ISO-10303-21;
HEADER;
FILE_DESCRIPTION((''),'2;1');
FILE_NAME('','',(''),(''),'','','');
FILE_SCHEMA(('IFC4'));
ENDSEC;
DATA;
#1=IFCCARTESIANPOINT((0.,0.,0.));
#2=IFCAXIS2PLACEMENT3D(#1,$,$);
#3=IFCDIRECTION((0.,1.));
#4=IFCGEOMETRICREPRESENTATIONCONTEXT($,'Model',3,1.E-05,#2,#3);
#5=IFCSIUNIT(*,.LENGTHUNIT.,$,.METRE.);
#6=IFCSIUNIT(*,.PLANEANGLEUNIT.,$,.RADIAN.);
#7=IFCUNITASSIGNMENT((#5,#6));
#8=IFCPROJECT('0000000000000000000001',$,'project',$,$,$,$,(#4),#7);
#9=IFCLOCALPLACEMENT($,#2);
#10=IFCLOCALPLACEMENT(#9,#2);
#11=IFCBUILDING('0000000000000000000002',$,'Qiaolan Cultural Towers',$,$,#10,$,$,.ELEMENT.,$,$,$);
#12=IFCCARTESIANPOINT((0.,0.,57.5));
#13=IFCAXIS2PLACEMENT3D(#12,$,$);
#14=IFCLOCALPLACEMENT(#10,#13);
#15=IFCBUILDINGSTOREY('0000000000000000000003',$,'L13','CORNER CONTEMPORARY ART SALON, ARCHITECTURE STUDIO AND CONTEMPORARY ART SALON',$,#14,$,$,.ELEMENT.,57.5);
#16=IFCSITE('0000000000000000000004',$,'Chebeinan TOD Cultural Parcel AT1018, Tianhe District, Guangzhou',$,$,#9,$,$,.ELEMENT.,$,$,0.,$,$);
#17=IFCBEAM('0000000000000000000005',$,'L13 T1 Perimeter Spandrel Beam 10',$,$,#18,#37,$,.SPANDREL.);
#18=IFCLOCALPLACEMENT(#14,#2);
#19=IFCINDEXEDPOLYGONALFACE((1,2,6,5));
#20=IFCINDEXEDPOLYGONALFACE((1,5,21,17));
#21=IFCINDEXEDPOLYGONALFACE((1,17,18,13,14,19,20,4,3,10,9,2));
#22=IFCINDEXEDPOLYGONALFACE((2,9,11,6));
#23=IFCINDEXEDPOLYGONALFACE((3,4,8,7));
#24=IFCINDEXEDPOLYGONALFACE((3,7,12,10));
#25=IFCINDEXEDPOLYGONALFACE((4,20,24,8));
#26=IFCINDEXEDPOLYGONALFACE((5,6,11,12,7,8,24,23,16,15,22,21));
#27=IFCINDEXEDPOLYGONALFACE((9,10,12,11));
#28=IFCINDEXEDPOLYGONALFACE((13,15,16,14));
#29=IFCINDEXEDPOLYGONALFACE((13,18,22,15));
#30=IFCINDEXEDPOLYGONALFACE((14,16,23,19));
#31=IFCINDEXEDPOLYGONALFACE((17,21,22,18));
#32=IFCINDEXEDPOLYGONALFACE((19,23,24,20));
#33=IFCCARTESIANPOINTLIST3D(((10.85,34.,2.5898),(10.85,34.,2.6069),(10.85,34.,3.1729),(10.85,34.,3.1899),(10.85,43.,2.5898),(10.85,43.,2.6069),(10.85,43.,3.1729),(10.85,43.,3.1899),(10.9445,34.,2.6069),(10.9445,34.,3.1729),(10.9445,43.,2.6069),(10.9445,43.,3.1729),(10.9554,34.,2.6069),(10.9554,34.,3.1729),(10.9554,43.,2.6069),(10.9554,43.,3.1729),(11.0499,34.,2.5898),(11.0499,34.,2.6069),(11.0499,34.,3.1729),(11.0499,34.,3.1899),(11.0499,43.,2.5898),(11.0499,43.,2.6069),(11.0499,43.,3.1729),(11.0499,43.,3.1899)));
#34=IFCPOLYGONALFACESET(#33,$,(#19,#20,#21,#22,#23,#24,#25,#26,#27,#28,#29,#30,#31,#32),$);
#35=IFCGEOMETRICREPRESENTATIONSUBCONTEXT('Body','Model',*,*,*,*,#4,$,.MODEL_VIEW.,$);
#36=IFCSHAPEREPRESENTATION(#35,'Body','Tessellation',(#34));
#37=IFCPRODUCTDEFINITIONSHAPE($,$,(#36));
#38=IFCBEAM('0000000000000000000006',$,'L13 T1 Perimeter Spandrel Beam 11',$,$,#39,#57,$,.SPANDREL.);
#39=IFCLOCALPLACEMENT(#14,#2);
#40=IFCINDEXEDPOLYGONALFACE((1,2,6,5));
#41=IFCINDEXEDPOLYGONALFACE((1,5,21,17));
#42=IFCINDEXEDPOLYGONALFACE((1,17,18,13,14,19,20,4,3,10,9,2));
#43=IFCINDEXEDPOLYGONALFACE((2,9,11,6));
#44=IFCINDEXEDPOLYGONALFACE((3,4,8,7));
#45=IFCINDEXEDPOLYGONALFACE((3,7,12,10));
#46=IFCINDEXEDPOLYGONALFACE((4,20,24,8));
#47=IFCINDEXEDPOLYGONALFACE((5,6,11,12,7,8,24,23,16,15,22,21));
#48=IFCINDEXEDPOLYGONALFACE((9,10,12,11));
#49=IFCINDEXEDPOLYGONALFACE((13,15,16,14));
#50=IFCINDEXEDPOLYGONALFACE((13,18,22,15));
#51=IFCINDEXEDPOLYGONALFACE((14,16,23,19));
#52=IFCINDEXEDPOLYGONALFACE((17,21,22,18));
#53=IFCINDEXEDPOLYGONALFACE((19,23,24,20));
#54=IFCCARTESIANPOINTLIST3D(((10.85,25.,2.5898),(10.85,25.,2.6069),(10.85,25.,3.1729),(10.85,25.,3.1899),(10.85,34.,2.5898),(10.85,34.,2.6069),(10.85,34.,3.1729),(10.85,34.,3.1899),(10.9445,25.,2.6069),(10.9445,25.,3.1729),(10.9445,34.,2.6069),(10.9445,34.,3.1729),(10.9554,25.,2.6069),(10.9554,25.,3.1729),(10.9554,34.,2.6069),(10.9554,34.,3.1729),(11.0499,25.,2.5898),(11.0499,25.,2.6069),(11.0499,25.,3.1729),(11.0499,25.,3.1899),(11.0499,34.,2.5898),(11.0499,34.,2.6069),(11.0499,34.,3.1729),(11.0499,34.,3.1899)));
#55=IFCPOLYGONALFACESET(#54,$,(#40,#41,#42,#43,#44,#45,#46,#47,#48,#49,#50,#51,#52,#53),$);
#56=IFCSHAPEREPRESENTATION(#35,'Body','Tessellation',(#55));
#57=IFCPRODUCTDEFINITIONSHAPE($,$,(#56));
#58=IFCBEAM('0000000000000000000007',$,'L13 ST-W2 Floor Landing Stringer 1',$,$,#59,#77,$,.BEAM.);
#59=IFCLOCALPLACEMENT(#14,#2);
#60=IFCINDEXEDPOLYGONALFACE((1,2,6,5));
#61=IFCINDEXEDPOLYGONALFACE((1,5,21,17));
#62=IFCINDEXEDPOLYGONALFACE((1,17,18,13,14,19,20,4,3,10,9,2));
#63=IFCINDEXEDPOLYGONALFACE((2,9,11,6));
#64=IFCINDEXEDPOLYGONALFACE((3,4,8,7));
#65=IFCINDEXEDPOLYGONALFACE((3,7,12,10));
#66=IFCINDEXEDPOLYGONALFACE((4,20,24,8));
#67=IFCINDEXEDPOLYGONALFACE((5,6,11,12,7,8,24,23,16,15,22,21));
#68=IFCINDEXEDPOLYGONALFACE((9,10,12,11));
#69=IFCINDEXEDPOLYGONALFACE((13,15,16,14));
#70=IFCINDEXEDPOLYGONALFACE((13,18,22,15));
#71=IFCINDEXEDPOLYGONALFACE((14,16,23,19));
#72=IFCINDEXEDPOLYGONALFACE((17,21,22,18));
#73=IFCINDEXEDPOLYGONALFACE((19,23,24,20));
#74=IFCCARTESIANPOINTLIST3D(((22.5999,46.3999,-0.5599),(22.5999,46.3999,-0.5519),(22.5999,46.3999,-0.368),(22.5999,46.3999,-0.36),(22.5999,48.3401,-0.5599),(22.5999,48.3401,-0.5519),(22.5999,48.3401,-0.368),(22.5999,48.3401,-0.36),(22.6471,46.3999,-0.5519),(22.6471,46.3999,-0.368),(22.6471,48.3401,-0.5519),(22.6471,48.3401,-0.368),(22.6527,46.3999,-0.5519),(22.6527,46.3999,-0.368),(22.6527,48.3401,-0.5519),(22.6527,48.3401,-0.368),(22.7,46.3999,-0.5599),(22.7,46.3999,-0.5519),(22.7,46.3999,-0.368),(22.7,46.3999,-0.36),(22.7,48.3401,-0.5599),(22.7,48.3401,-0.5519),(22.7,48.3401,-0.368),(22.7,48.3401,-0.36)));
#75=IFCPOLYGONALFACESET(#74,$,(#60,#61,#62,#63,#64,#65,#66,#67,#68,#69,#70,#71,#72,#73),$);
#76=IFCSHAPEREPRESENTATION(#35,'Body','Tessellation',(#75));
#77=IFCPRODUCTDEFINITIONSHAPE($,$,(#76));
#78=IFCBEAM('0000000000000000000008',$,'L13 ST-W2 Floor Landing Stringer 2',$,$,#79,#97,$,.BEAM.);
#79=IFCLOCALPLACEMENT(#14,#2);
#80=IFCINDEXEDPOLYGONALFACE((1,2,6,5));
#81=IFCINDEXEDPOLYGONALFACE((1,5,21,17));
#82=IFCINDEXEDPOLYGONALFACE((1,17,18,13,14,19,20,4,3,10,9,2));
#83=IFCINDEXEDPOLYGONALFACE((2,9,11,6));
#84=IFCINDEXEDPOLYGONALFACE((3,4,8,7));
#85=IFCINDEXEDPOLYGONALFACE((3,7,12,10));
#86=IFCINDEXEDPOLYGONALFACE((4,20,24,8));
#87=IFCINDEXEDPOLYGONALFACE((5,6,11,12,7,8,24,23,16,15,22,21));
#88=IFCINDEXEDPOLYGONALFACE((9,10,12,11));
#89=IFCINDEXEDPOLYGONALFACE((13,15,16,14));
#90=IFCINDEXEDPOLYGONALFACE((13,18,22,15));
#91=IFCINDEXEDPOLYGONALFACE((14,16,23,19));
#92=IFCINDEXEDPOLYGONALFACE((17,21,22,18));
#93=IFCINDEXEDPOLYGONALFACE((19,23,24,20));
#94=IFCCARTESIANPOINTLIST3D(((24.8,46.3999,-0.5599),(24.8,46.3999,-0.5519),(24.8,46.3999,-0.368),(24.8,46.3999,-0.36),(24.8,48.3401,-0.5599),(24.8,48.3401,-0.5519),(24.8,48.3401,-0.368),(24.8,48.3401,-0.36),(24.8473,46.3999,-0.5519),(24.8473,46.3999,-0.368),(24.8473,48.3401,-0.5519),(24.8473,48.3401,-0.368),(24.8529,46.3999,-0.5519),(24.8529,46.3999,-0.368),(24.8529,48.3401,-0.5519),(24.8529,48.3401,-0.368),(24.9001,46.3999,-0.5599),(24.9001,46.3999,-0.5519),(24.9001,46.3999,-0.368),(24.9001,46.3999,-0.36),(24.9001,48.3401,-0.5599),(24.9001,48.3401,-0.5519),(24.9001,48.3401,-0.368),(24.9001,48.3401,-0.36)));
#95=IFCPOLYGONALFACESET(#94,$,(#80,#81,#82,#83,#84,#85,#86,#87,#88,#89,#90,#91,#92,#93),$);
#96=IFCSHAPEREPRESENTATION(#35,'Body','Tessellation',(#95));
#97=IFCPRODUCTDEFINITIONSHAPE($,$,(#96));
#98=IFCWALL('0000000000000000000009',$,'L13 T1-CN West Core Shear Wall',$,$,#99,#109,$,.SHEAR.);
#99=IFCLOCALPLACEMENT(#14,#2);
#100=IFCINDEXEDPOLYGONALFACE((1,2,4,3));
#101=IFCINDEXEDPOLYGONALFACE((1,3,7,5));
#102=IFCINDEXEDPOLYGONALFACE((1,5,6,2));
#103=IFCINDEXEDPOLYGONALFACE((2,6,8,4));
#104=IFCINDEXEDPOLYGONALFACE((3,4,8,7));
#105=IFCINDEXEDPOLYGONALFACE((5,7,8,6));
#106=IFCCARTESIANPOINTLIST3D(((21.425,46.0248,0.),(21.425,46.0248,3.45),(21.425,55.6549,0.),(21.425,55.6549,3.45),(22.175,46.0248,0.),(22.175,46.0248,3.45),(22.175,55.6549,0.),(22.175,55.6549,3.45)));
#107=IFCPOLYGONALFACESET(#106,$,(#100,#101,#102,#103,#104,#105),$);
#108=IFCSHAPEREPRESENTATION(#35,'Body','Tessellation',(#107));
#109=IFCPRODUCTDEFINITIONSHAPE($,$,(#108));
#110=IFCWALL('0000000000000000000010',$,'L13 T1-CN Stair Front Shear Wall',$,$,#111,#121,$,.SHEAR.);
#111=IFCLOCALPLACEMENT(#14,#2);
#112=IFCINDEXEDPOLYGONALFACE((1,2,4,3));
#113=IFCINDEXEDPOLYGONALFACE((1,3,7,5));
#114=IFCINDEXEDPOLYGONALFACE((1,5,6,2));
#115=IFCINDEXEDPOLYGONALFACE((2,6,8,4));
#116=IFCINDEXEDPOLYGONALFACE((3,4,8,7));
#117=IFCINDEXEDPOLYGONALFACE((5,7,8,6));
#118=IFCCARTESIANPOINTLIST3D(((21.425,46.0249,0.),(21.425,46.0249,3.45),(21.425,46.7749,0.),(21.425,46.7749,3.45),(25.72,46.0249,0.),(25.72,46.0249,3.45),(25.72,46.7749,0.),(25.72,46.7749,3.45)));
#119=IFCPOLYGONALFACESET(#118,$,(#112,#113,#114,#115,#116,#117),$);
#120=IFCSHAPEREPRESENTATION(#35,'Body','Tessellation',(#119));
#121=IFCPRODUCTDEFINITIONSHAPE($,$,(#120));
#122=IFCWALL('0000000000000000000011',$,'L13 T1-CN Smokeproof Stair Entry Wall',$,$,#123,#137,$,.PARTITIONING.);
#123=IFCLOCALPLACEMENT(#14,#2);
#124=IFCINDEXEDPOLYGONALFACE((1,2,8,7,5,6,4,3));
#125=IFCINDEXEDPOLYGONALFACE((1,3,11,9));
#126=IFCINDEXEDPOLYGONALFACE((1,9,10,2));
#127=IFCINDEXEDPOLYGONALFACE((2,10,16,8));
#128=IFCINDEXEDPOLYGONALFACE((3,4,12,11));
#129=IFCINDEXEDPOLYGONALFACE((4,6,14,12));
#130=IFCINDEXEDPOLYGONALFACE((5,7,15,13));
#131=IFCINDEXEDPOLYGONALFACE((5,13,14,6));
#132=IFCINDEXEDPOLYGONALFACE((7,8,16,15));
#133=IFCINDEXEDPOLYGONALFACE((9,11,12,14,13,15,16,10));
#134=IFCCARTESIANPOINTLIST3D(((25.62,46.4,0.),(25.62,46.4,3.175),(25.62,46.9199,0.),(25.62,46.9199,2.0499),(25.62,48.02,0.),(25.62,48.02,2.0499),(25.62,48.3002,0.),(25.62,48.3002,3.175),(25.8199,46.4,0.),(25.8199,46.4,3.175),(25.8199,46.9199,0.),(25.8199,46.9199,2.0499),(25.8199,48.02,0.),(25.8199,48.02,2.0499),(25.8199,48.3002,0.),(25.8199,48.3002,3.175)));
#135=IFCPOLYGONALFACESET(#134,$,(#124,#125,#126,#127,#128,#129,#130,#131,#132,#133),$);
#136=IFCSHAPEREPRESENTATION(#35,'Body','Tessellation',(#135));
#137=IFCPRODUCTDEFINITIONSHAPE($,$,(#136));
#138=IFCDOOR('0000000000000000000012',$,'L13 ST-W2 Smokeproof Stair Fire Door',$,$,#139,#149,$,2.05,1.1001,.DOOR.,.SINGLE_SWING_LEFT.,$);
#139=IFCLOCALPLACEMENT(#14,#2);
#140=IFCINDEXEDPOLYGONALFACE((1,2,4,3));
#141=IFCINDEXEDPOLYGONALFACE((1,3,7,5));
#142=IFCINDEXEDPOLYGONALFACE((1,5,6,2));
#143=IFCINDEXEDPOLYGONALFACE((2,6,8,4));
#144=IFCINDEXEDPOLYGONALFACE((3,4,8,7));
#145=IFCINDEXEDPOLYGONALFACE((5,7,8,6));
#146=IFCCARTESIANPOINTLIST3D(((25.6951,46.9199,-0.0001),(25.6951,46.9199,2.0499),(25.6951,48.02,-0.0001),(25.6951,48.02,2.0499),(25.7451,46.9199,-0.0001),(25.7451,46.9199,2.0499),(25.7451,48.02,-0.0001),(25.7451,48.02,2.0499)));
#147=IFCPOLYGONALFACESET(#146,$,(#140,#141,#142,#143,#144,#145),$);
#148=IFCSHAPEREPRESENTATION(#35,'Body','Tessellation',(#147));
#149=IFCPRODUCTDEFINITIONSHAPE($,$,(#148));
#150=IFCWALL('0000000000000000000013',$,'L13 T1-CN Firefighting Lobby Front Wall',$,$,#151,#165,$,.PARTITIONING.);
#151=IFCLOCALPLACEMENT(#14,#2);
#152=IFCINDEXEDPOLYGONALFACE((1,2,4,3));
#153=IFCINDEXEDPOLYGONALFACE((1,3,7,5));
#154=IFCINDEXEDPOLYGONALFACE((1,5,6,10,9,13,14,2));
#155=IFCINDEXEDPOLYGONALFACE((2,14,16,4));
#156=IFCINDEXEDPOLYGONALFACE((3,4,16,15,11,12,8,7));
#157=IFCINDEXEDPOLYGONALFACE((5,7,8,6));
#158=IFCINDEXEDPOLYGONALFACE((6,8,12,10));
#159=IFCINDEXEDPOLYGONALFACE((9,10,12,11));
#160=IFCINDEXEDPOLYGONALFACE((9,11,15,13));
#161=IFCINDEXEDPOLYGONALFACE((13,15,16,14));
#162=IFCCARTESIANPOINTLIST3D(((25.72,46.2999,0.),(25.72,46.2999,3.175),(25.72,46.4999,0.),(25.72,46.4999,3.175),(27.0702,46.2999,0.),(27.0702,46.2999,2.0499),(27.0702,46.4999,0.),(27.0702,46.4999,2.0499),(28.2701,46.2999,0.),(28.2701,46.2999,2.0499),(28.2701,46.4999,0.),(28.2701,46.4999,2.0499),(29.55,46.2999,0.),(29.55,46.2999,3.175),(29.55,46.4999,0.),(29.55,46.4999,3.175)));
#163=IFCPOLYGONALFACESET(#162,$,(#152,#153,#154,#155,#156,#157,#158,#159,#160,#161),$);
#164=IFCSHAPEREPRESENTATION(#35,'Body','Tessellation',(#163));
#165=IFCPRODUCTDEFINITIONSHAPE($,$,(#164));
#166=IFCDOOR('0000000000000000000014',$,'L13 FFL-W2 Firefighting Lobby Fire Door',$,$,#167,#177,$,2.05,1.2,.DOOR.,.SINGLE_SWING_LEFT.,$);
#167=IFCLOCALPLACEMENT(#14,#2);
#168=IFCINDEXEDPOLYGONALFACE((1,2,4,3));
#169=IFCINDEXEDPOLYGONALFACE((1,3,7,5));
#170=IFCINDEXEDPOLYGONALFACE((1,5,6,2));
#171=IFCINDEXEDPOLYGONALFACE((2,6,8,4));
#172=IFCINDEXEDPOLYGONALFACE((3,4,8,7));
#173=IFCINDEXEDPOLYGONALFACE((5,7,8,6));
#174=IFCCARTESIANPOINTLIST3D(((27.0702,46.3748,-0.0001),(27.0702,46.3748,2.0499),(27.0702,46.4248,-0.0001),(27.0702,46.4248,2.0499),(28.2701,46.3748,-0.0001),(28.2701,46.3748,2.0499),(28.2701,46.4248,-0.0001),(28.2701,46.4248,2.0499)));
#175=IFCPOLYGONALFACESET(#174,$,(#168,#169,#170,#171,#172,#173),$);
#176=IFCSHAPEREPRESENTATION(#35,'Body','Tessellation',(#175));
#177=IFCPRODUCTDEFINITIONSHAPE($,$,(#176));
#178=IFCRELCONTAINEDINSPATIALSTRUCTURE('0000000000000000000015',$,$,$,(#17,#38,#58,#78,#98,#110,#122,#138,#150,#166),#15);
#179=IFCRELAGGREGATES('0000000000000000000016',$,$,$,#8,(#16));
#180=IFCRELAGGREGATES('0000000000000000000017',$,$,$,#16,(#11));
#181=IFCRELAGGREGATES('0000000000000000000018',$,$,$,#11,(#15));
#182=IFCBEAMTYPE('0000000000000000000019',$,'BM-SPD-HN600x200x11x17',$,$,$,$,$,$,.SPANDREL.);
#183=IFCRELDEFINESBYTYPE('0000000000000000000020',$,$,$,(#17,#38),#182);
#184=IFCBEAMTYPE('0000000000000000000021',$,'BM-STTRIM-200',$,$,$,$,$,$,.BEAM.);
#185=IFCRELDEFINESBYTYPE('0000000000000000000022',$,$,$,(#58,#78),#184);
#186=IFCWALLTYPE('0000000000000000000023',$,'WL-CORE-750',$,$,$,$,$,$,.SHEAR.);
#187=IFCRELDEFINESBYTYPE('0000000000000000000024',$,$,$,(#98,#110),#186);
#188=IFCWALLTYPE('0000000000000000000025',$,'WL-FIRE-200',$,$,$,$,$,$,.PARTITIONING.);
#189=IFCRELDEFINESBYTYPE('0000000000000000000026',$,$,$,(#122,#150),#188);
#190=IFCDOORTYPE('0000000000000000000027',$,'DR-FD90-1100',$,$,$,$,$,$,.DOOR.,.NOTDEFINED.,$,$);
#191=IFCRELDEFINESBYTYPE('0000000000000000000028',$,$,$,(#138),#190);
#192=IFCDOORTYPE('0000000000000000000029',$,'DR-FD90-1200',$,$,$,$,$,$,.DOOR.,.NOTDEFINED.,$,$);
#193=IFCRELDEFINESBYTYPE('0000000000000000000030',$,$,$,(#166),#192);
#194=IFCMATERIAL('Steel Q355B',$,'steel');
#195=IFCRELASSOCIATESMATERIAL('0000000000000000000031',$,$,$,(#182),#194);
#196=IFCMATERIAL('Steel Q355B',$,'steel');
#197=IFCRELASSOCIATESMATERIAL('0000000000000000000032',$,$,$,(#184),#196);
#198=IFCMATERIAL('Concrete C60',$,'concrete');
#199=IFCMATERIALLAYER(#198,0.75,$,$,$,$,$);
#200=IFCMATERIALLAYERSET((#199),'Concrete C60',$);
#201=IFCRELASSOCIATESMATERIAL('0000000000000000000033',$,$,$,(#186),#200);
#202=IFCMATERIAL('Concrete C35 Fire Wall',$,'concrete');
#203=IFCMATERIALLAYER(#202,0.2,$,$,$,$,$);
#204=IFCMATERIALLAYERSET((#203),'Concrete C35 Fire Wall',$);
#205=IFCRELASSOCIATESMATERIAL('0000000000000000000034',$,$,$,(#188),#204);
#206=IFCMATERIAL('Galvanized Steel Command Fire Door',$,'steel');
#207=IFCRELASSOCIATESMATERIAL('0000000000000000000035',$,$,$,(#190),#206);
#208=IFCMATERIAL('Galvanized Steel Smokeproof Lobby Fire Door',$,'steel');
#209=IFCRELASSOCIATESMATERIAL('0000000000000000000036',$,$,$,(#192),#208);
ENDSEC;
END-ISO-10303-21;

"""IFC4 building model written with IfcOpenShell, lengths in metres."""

from ifc_helpers import new_model, si_unit, direction, frame, frame_2d, origin, origin_2d, place, context, subcontext, project, spatial, rectangle, i_section, extrude, material, layer, layer_set, material_profile, profile_set, type_object, element, fill, save


model = new_model("IFC4")

# Units and contexts
model_context = context("Model", 3, precision=1e-05, world=origin(), true_north=direction((0.0, 1.0)))
body_context = subcontext(model_context, "Body", "Model", "MODEL_VIEW")
ifc_project = project(units=[si_unit("LENGTHUNIT", "METRE"), si_unit("PLANEANGLEUNIT", "RADIAN")], contexts=[model_context])

# Site, building, storey
site_placement = place(None, origin())
site = spatial("IfcSite", under=ifc_project, at=site_placement, Name="Chebeinan TOD Cultural Parcel AT1018, Tianhe District, Guangzhou", CompositionType="ELEMENT", RefElevation=0.0)
building_placement = place(site_placement, origin())
building = spatial("IfcBuilding", under=site, at=building_placement, Name="Qiaolan Cultural Towers", CompositionType="ELEMENT")
storey_placement = place(building_placement, frame((0.0, 0.0, 57.5)))
storey = spatial("IfcBuildingStorey", under=building, at=storey_placement, Name="L13", Description="CORNER CONTEMPORARY ART SALON, ARCHITECTURE STUDIO AND CONTEMPORARY ART SALON", CompositionType="ELEMENT", Elevation=57.5)

# Beams
ifc_material_1 = material(Name="Steel Q355B", Category="steel")
ifc_material_profile_1 = material_profile(ifc_material_1, i_section(OverallWidth=0.2, OverallDepth=0.6001, WebThickness=0.011, FlangeThickness=0.0171, at=origin_2d()), Name="HN600x200x11x17")
ifc_profile_set_1 = profile_set([ifc_material_profile_1], Name="Steel Q355B")
beam_type_1 = type_object("IfcBeamType", Name="BM-SPD-HN600x200x11x17", PredefinedType="SPANDREL", material=ifc_profile_set_1)
for number, where, z_axis, x_axis, name in (
    (1, (10.95, 43.0, 2.8899), (0.0, -1.0, 0.0), (1.0, 0.0, 0.0), "L13 T1 Perimeter Spandrel Beam 10"),
    (2, (10.95, 34.0, 2.8899), (0.0, -1.0, 0.0), (1.0, 0.0, 0.0), "L13 T1 Perimeter Spandrel Beam 11"),
):
    element("IfcBeam", number, at=place(storey_placement, frame(where, z_axis=z_axis, x_axis=x_axis)), inside=storey, type_object=beam_type_1, Name=name, PredefinedType="SPANDREL", context=body_context, shape_type="SweptSolid", body=[
        extrude(i_section(OverallWidth=0.2, OverallDepth=0.6001, WebThickness=0.011, FlangeThickness=0.0171, at=origin_2d()), origin(), (0.0, 0.0, 1.0), 9.0),
    ])
ifc_material_2 = material(Name="Steel Q355B", Category="steel")
ifc_material_profile_2 = material_profile(ifc_material_2, i_section(OverallWidth=0.1001, OverallDepth=0.2, WebThickness=0.0056, FlangeThickness=0.0081, at=origin_2d()), Name="HN200x100x5.5x8")
ifc_profile_set_2 = profile_set([ifc_material_profile_2], Name="Steel Q355B")
beam_type_2 = type_object("IfcBeamType", Name="BM-STTRIM-200", PredefinedType="BEAM", material=ifc_profile_set_2)
for number, where, z_axis, x_axis, name in (
    (3, (22.6499, 46.3999, -0.46), (0.0, 1.0, 0.0), (-1.0, 0.0, 0.0), "L13 ST-W2 Floor Landing Stringer 1"),
    (4, (24.8501, 46.3999, -0.46), (0.0, 1.0, 0.0), (-1.0, 0.0, 0.0), "L13 ST-W2 Floor Landing Stringer 2"),
):
    element("IfcBeam", number, at=place(storey_placement, frame(where, z_axis=z_axis, x_axis=x_axis)), inside=storey, type_object=beam_type_2, Name=name, PredefinedType="BEAM", context=body_context, shape_type="SweptSolid", body=[
        extrude(i_section(OverallWidth=0.1001, OverallDepth=0.2, WebThickness=0.0056, FlangeThickness=0.0081, at=origin_2d()), origin(), (0.0, 0.0, 1.0), 1.9402),
    ])

# Walls
ifc_material_3 = material(Name="Concrete C60", Category="concrete")
ifc_layer_1 = layer(ifc_material_3, 0.75)
ifc_layer_set_1 = layer_set([ifc_layer_1], Name="Concrete C60")
wall_type_1 = type_object("IfcWallType", Name="WL-CORE-750", PredefinedType="SHEAR", material=ifc_layer_set_1)
wall_1_placement = place(storey_placement, frame((21.8, 46.0249, 0.0), z_axis=(0.0, 0.0, 1.0), x_axis=(0.0, 1.0, 0.0)))
element("IfcWall", 5, at=wall_1_placement, inside=storey, type_object=wall_type_1, Name="L13 T1-CN West Core Shear Wall", PredefinedType="SHEAR", context=body_context, shape_type="SweptSolid", body=[
    extrude(rectangle(XDim=9.6301, YDim=0.75, at=frame_2d((4.8149, 0.0))), origin(), (0.0, 0.0, 1.0), 3.45),
])
wall_2_placement = place(storey_placement, frame((21.425, 46.3999, 0.0), z_axis=(0.0, 0.0, 1.0), x_axis=(1.0, 0.0, 0.0)))
element("IfcWall", 6, at=wall_2_placement, inside=storey, type_object=wall_type_1, Name="L13 T1-CN Stair Front Shear Wall", PredefinedType="SHEAR", context=body_context, shape_type="SweptSolid", body=[
    extrude(rectangle(XDim=4.2949, YDim=0.75, at=frame_2d((2.1475, 0.0))), origin(), (0.0, 0.0, 1.0), 3.45),
])

# Walls, openings, doors
ifc_material_4 = material(Name="Concrete C35 Fire Wall", Category="concrete")
ifc_layer_2 = layer(ifc_material_4, 0.2)
ifc_layer_set_2 = layer_set([ifc_layer_2], Name="Concrete C35 Fire Wall")
wall_type_2 = type_object("IfcWallType", Name="WL-FIRE-200", PredefinedType="PARTITIONING", material=ifc_layer_set_2)
wall_3_placement = place(storey_placement, frame((25.72, 46.3999, 0.0), z_axis=(0.0, 0.0, 1.0), x_axis=(0.0, 1.0, 0.0)))
wall_3 = element("IfcWall", 7, at=wall_3_placement, inside=storey, type_object=wall_type_2, Name="L13 T1-CN Smokeproof Stair Entry Wall", PredefinedType="PARTITIONING", context=body_context, shape_type="SweptSolid", body=[
    extrude(rectangle(XDim=1.9001, YDim=0.2, at=frame_2d((0.9502, 0.0))), origin(), (0.0, 0.0, 1.0), 3.175),
])
opening_1_placement = place(wall_3_placement, frame((0.52, 0.0, 0.0)))
opening_1 = element("IfcOpeningElement", 8, at=opening_1_placement, cuts=wall_3, PredefinedType="OPENING", context=body_context, shape_type="SweptSolid", body=[
    extrude(rectangle(XDim=1.1001, YDim=2.05, at=frame_2d((0.55, 1.0249))), frame((0.0, 0.1099, 0.0), z_axis=(0.0, -1.0, 0.0), x_axis=(1.0, 0.0, 0.0)), (0.0, 0.0, 1.0), 0.22),
])
ifc_material_5 = material(Name="Galvanized Steel Command Fire Door", Category="steel")
door_type_1 = type_object("IfcDoorType", Name="DR-FD90-1100", OperationType="NOTDEFINED", PredefinedType="DOOR", material=ifc_material_5)
door_1_placement = place(opening_1_placement, origin())
door_1 = element("IfcDoor", 9, at=door_1_placement, inside=storey, type_object=door_type_1, Name="L13 ST-W2 Smokeproof Stair Fire Door", OperationType="SINGLE_SWING_LEFT", OverallHeight=2.05, OverallWidth=1.1001, PredefinedType="DOOR", context=body_context, shape_type="SweptSolid", body=[
    extrude(rectangle(XDim=1.1001, YDim=2.05, at=frame_2d((0.55, 1.0249))), frame((0.0, 0.0249, 0.0), z_axis=(0.0, -1.0, 0.0), x_axis=(1.0, 0.0, 0.0)), (0.0, 0.0, 1.0), 0.05),
])
fill(opening_1, door_1)
wall_4_placement = place(storey_placement, frame((25.72, 46.3999, 0.0), z_axis=(0.0, 0.0, 1.0), x_axis=(1.0, 0.0, 0.0)))
wall_4 = element("IfcWall", 10, at=wall_4_placement, inside=storey, type_object=wall_type_2, Name="L13 T1-CN Firefighting Lobby Front Wall", PredefinedType="PARTITIONING", context=body_context, shape_type="SweptSolid", body=[
    extrude(rectangle(XDim=3.8301, YDim=0.2, at=frame_2d((1.915, 0.0))), origin(), (0.0, 0.0, 1.0), 3.175),
])
opening_2_placement = place(wall_4_placement, frame((1.3501, 0.0, 0.0)))
opening_2 = element("IfcOpeningElement", 11, at=opening_2_placement, cuts=wall_4, PredefinedType="OPENING", context=body_context, shape_type="SweptSolid", body=[
    extrude(rectangle(XDim=1.2, YDim=2.05, at=frame_2d((0.6001, 1.0249))), frame((0.0, 0.1099, 0.0), z_axis=(0.0, -1.0, 0.0), x_axis=(1.0, 0.0, 0.0)), (0.0, 0.0, 1.0), 0.22),
])
ifc_material_6 = material(Name="Galvanized Steel Smokeproof Lobby Fire Door", Category="steel")
door_type_2 = type_object("IfcDoorType", Name="DR-FD90-1200", OperationType="NOTDEFINED", PredefinedType="DOOR", material=ifc_material_6)
door_2_placement = place(opening_2_placement, origin())
door_2 = element("IfcDoor", 12, at=door_2_placement, inside=storey, type_object=door_type_2, Name="L13 FFL-W2 Firefighting Lobby Fire Door", OperationType="SINGLE_SWING_LEFT", OverallHeight=2.05, OverallWidth=1.2, PredefinedType="DOOR", context=body_context, shape_type="SweptSolid", body=[
    extrude(rectangle(XDim=1.2, YDim=2.05, at=frame_2d((0.6001, 1.0249))), frame((0.0, 0.0249, 0.0), z_axis=(0.0, -1.0, 0.0), x_axis=(1.0, 0.0, 0.0)), (0.0, 0.0, 1.0), 0.05),
])
fill(opening_2, door_2)

save(model, "model.ifc")
